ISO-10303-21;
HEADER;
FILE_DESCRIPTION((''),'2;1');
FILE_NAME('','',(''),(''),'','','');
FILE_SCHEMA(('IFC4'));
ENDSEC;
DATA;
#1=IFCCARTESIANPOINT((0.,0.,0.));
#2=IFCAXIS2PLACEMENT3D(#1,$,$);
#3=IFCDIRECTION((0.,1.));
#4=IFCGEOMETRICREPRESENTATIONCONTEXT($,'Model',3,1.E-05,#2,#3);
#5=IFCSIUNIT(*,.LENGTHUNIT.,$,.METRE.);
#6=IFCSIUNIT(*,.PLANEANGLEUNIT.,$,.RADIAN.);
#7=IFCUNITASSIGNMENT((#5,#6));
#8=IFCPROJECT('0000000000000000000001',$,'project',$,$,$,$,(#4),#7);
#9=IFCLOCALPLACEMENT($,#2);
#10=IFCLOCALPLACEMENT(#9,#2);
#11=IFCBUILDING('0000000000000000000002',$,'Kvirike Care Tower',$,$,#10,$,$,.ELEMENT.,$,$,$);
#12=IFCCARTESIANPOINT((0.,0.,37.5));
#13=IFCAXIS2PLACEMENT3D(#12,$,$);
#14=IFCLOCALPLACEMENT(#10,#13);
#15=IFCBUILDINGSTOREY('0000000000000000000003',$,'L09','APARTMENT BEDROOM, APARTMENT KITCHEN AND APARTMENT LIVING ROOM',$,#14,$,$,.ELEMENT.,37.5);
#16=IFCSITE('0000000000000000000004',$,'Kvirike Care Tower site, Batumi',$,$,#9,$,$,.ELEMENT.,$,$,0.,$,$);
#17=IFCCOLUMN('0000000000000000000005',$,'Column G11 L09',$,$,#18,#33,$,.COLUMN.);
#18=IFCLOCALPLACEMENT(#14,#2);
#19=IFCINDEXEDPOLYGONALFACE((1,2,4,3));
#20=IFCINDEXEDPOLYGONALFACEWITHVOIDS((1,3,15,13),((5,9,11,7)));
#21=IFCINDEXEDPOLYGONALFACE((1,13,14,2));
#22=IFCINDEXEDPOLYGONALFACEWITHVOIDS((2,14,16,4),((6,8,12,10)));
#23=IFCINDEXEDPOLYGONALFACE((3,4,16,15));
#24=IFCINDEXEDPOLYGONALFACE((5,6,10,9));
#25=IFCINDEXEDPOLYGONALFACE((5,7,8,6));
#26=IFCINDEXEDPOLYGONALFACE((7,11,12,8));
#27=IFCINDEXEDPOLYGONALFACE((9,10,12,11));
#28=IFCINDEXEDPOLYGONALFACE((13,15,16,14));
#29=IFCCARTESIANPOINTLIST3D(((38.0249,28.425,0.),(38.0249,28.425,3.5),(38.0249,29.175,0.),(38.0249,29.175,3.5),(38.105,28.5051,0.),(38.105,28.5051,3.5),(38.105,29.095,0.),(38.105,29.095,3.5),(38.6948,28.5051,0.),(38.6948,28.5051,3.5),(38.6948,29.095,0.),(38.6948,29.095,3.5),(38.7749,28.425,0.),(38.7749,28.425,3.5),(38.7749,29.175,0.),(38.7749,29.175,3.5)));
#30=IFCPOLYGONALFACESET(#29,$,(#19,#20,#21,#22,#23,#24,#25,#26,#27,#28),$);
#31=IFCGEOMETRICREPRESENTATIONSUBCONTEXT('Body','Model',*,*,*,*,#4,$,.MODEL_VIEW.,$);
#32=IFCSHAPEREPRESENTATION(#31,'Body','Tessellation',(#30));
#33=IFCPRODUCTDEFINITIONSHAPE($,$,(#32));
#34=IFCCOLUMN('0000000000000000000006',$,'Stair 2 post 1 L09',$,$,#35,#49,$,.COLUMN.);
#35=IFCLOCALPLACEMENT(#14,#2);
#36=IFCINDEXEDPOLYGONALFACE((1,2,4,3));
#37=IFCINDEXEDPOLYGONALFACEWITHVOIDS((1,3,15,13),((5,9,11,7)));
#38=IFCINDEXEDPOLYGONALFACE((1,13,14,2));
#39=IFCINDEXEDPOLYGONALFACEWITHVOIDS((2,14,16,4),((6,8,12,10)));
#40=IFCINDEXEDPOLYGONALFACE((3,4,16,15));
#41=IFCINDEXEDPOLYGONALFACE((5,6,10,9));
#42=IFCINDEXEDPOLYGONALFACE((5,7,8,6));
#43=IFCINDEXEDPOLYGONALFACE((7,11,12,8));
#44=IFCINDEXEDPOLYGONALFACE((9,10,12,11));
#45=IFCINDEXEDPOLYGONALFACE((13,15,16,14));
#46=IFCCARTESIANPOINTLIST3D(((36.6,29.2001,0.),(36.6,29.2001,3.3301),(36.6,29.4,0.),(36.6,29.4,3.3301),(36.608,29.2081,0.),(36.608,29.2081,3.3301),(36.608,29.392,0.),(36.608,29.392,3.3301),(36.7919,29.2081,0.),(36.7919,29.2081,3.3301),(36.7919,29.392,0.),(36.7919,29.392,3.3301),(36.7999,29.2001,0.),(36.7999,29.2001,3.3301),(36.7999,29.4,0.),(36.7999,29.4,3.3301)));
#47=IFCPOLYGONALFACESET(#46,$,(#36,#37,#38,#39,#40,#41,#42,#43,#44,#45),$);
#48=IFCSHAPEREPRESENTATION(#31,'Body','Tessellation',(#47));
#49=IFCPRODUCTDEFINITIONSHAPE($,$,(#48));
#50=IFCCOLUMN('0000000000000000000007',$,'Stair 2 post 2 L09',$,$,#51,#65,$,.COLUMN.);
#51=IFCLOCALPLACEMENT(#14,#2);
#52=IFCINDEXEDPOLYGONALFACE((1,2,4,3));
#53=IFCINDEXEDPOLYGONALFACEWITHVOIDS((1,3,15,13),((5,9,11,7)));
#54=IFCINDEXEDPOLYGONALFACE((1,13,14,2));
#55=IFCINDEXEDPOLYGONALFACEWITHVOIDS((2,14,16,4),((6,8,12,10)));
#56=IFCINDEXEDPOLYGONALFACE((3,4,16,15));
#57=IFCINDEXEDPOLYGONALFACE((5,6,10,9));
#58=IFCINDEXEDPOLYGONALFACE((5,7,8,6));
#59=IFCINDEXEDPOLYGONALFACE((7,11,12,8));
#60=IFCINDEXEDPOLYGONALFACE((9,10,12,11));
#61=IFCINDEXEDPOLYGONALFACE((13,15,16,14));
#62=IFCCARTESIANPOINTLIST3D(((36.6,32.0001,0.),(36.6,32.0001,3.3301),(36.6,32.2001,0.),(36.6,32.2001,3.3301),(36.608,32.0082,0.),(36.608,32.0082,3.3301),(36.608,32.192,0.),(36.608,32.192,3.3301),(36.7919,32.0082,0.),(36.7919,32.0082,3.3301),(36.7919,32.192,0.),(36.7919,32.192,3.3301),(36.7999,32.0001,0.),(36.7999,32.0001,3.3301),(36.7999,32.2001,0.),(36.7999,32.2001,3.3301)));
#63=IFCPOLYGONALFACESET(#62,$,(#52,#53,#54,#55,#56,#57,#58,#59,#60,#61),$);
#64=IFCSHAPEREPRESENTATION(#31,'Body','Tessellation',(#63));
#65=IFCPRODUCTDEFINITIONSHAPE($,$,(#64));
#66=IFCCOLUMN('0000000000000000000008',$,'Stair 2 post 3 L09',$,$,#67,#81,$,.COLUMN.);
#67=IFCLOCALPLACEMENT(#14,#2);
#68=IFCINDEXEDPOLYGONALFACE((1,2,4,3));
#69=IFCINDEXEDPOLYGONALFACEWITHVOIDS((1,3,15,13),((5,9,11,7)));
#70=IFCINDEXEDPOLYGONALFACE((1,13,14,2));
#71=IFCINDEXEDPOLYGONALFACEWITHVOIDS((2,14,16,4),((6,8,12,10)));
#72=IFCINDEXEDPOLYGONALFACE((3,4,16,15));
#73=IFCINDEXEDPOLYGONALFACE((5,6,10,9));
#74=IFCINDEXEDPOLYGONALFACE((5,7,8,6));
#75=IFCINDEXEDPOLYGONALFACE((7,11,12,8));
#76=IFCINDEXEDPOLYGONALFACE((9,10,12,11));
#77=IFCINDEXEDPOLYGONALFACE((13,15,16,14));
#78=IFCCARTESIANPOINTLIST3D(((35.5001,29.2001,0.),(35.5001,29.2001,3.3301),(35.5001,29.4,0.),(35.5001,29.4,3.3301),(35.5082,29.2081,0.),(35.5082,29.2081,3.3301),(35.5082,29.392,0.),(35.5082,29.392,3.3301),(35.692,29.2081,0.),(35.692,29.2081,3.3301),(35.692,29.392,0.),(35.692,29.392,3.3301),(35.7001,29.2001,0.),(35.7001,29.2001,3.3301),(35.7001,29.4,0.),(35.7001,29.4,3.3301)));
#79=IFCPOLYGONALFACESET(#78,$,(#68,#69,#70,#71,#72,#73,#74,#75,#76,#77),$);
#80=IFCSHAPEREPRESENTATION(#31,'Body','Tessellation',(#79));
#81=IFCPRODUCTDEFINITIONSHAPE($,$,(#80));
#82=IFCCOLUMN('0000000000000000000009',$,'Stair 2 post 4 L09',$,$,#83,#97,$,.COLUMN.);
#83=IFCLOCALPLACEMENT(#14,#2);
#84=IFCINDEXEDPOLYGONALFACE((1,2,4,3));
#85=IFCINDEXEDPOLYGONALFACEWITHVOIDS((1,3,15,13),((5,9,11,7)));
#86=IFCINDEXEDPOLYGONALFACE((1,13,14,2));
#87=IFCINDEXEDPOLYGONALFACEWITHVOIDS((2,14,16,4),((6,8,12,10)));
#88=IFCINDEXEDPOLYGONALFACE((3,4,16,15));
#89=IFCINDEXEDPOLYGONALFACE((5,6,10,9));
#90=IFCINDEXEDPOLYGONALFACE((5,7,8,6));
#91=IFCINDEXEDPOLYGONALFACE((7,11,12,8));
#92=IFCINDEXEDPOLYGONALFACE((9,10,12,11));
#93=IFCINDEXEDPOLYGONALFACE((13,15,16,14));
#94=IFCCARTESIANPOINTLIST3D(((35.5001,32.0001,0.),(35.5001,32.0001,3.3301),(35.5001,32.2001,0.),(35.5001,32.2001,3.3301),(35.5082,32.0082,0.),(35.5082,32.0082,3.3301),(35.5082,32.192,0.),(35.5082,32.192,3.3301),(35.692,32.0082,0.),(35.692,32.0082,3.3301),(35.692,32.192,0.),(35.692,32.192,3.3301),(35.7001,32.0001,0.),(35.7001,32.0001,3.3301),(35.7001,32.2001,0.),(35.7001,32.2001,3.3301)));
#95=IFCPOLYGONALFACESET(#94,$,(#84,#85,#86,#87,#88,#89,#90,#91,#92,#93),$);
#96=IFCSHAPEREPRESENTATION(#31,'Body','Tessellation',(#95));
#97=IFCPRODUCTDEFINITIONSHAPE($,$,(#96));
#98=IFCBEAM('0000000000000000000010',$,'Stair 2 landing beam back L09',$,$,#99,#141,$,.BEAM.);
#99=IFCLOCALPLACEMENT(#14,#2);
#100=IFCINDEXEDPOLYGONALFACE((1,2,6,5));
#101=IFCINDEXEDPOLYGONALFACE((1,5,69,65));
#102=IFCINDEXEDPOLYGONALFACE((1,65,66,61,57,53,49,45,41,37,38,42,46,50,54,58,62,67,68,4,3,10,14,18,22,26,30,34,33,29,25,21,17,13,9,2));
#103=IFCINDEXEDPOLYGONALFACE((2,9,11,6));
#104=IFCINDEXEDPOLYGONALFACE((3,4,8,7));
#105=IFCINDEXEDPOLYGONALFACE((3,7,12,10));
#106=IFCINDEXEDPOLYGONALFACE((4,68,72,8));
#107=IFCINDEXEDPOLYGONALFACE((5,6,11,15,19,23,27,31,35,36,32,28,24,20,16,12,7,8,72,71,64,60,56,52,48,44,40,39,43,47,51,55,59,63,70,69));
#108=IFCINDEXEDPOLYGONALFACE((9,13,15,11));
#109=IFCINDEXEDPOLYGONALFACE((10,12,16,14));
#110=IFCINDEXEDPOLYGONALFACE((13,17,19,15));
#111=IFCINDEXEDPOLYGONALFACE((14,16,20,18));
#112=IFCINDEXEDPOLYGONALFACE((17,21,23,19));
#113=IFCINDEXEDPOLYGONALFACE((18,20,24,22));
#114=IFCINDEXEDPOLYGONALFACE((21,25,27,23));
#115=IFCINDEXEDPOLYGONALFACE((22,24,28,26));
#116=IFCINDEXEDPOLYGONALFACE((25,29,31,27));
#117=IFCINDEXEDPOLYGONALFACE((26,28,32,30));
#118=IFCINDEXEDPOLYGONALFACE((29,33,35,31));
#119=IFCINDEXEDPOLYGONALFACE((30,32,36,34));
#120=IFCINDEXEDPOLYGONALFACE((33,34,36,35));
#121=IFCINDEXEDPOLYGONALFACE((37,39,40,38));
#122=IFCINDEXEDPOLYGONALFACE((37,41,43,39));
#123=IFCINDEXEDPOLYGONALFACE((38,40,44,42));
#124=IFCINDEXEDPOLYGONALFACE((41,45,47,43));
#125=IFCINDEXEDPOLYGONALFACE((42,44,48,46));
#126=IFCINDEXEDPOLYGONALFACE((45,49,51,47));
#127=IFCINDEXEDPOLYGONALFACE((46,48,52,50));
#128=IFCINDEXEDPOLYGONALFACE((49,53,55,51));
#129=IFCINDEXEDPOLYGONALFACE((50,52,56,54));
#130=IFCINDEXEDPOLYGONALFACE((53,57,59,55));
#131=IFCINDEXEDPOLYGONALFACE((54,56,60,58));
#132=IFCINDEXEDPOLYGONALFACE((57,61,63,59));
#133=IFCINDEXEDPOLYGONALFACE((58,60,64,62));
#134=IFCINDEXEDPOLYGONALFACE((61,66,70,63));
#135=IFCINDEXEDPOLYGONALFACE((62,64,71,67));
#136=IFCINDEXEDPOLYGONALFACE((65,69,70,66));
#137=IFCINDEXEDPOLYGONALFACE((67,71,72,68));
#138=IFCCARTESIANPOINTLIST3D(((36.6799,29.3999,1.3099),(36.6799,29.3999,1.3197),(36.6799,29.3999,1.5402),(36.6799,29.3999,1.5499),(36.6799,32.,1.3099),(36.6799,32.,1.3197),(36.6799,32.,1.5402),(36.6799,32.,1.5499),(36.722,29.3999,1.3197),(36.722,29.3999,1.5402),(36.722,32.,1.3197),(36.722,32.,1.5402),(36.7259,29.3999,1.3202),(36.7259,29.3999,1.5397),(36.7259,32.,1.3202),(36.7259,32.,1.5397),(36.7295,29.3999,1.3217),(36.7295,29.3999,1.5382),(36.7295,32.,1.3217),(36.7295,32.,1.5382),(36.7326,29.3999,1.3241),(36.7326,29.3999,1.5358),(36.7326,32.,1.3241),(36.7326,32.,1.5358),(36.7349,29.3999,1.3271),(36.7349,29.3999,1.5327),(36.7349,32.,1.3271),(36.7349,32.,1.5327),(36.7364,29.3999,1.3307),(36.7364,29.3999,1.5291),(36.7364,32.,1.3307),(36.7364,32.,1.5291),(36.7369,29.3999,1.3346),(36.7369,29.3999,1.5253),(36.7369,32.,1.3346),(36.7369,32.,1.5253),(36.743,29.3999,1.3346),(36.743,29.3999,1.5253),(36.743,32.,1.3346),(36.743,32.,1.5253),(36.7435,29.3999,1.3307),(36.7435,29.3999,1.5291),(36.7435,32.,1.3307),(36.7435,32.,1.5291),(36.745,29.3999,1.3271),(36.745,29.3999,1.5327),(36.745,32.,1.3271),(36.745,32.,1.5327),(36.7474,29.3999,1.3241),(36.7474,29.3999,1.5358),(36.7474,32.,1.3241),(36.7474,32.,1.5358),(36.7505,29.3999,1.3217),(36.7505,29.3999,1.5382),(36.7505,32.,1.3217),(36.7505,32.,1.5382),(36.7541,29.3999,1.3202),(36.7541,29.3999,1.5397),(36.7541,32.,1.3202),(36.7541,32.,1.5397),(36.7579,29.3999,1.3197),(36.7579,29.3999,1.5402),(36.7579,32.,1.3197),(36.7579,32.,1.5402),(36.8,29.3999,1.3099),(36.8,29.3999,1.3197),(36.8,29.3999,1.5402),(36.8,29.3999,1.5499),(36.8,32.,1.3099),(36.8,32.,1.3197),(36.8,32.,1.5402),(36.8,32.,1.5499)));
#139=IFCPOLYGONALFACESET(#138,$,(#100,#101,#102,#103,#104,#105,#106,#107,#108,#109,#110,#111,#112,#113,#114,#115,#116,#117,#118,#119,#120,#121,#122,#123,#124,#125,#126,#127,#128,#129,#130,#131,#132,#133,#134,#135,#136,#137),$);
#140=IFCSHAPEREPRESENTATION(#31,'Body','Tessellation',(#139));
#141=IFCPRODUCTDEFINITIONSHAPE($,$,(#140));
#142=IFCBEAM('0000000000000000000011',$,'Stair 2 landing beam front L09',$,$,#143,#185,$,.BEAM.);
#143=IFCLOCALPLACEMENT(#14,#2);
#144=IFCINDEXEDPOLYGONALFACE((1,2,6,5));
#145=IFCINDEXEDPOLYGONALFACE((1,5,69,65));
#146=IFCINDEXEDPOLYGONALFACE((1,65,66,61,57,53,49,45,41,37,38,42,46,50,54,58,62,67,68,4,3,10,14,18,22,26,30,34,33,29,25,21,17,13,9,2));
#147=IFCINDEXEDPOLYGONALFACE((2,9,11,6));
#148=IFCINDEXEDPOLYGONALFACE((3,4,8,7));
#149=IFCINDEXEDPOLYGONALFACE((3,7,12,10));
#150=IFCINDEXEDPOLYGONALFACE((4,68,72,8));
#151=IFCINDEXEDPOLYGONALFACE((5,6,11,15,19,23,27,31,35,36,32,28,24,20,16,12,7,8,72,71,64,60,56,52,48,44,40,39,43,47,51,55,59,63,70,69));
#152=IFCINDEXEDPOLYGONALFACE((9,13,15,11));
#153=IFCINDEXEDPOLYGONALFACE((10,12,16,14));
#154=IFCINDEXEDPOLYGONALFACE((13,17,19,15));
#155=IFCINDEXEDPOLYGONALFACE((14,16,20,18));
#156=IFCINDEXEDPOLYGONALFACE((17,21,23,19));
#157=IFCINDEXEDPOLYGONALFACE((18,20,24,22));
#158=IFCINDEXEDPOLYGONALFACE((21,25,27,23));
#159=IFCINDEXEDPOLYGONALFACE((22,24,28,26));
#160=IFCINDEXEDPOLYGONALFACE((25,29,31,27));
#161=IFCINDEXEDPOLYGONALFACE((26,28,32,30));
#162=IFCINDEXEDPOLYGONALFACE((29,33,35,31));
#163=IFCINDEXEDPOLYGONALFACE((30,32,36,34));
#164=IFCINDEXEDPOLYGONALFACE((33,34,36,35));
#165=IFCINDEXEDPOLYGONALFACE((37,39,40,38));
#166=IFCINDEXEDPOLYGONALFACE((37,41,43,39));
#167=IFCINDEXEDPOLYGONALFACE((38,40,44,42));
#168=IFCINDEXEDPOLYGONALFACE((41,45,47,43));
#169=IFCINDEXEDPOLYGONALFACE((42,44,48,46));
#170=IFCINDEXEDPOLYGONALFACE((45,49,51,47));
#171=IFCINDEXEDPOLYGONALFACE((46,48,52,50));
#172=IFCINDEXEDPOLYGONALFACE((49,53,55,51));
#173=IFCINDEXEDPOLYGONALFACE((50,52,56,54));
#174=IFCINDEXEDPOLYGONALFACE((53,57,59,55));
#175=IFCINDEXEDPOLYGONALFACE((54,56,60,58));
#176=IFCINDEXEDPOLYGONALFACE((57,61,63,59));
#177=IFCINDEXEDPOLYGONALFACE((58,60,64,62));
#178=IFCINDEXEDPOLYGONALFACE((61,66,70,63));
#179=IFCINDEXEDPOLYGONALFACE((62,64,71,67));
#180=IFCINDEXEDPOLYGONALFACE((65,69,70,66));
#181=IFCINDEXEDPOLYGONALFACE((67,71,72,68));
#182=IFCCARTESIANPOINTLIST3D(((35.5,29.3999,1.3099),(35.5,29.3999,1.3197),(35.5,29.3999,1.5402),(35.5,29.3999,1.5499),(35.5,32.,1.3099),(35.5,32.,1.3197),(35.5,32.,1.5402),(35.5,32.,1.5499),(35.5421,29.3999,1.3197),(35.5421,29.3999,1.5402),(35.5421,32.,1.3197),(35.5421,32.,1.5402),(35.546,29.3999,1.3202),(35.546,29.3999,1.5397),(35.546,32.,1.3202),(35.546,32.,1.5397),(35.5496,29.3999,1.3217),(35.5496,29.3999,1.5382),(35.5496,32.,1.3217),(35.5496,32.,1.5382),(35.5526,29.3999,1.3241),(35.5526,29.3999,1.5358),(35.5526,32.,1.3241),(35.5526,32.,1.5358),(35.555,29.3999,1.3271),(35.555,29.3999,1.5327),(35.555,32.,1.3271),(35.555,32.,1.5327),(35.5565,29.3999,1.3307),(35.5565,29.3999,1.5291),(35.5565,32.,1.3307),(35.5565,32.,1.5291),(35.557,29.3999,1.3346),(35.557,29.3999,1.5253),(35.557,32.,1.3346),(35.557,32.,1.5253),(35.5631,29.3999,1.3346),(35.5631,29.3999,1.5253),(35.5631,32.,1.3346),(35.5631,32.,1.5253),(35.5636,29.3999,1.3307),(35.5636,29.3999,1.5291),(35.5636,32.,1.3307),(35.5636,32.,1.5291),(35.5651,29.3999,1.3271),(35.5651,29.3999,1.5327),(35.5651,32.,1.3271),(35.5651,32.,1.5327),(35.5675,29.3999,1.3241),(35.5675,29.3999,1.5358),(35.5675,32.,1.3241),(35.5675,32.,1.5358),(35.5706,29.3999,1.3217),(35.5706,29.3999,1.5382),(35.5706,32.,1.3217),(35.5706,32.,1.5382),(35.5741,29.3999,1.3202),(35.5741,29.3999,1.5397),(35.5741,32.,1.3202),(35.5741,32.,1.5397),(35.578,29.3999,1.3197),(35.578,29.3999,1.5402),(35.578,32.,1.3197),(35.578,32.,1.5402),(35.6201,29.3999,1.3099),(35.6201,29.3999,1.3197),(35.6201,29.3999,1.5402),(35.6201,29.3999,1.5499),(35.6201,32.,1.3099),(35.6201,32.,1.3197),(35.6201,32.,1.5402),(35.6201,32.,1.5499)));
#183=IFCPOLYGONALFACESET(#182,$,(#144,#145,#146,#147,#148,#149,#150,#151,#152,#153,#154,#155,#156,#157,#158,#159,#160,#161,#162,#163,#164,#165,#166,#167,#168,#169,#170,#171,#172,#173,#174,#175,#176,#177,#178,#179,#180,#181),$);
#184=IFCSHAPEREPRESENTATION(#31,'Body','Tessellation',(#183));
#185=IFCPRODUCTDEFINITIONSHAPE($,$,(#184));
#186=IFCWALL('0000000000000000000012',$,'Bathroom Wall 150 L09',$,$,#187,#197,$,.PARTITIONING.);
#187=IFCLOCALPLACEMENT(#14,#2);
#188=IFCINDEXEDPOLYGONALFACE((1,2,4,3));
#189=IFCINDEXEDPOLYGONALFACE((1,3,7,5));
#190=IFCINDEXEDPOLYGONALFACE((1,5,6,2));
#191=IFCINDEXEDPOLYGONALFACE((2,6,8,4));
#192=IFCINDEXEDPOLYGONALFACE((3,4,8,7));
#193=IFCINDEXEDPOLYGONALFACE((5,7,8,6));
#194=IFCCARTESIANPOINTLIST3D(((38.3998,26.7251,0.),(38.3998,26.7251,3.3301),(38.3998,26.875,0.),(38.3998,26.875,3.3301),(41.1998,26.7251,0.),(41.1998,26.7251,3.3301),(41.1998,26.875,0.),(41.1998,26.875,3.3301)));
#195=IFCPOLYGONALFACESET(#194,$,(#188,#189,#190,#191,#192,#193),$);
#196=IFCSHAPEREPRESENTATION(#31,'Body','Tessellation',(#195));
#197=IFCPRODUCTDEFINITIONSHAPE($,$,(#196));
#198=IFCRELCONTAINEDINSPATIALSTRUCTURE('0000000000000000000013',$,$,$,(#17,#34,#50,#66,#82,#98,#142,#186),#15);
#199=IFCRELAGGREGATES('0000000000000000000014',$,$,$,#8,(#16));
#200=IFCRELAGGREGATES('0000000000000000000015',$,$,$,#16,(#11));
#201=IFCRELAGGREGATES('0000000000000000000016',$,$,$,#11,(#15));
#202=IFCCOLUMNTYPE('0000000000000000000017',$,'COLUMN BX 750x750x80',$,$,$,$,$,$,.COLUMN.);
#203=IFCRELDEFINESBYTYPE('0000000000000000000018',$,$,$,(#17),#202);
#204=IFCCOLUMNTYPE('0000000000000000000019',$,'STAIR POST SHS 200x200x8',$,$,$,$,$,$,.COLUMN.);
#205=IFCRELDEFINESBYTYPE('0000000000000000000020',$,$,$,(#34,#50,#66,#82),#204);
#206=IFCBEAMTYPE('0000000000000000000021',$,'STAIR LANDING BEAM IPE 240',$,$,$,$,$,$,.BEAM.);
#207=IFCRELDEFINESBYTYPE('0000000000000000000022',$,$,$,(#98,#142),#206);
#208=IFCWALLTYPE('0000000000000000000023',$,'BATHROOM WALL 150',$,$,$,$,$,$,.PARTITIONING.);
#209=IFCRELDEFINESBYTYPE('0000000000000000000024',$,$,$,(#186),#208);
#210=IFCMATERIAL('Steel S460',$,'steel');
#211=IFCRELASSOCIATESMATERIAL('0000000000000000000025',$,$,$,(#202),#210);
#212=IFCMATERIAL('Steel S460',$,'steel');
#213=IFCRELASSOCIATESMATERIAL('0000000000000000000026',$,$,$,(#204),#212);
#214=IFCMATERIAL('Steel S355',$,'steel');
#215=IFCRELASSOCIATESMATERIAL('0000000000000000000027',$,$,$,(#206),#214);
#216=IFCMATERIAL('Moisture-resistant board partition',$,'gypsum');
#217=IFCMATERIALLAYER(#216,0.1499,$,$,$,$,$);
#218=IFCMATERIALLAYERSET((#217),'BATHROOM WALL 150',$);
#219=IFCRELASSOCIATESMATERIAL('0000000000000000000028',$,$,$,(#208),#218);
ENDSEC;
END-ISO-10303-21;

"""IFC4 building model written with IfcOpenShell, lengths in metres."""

from ifc_helpers import new_model, si_unit, direction, frame, frame_2d, origin, origin_2d, place, context, subcontext, project, spatial, rectangle, hollow_rectangle, i_section, extrude, material, layer, layer_set, material_profile, profile_set, type_object, element, save


model = new_model("IFC4")

# Units and contexts
model_context = context("Model", 3, precision=1e-05, world=origin(), true_north=direction((0.0, 1.0)))
body_context = subcontext(model_context, "Body", "Model", "MODEL_VIEW")
ifc_project = project(units=[si_unit("LENGTHUNIT", "METRE"), si_unit("PLANEANGLEUNIT", "RADIAN")], contexts=[model_context])

# Site, building, storey
site_placement = place(None, origin())
site = spatial("IfcSite", under=ifc_project, at=site_placement, Name="Kvirike Care Tower site, Batumi", CompositionType="ELEMENT", RefElevation=0.0)
building_placement = place(site_placement, origin())
building = spatial("IfcBuilding", under=site, at=building_placement, Name="Kvirike Care Tower", CompositionType="ELEMENT")
storey_placement = place(building_placement, frame((0.0, 0.0, 37.5)))
storey = spatial("IfcBuildingStorey", under=building, at=storey_placement, Name="L09", Description="APARTMENT BEDROOM, APARTMENT KITCHEN AND APARTMENT LIVING ROOM", CompositionType="ELEMENT", Elevation=37.5)

# Columns
ifc_material_1 = material(Name="Steel S460", Category="steel")
ifc_material_profile_1 = material_profile(ifc_material_1, hollow_rectangle(XDim=0.75, YDim=0.75, WallThickness=0.0801, at=origin_2d()), Name="BX 750x750x80")
ifc_profile_set_1 = profile_set([ifc_material_profile_1], Name="Steel S460")
column_type_1 = type_object("IfcColumnType", Name="COLUMN BX 750x750x80", PredefinedType="COLUMN", material=ifc_profile_set_1)
column_placement = place(storey_placement, frame((38.3999, 28.8, 0.0), z_axis=(0.0, 0.0, 1.0), x_axis=(0.0, 1.0, 0.0)))
element("IfcColumn", 1, at=column_placement, inside=storey, type_object=column_type_1, Name="Column G11 L09", PredefinedType="COLUMN", context=body_context, shape_type="SweptSolid", body=[
    extrude(hollow_rectangle(XDim=0.75, YDim=0.75, WallThickness=0.0801, at=origin_2d()), origin(), (0.0, 0.0, 1.0), 3.5),
])
ifc_material_2 = material(Name="Steel S460", Category="steel")
ifc_material_profile_2 = material_profile(ifc_material_2, hollow_rectangle(XDim=0.2, YDim=0.2, WallThickness=0.0081, at=origin_2d()), Name="SHS 200x200x8")
ifc_profile_set_2 = profile_set([ifc_material_profile_2], Name="Steel S460")
column_type_2 = type_object("IfcColumnType", Name="STAIR POST SHS 200x200x8", PredefinedType="COLUMN", material=ifc_profile_set_2)
for number, where, z_axis, x_axis, name in (
    (2, (36.7, 29.3, 0.0), (0.0, 0.0, 1.0), (1.0, 0.0, 0.0), "Stair 2 post 1 L09"),
    (3, (36.7, 32.1001, 0.0), (0.0, 0.0, 1.0), (1.0, 0.0, 0.0), "Stair 2 post 2 L09"),
    (4, (35.6001, 29.3, 0.0), (0.0, 0.0, 1.0), (1.0, 0.0, 0.0), "Stair 2 post 3 L09"),
    (5, (35.6001, 32.1001, 0.0), (0.0, 0.0, 1.0), (1.0, 0.0, 0.0), "Stair 2 post 4 L09"),
):
    element("IfcColumn", number, at=place(storey_placement, frame(where, z_axis=z_axis, x_axis=x_axis)), inside=storey, type_object=column_type_2, Name=name, PredefinedType="COLUMN", context=body_context, shape_type="SweptSolid", body=[
        extrude(hollow_rectangle(XDim=0.2, YDim=0.2, WallThickness=0.0081, at=origin_2d()), origin(), (0.0, 0.0, 1.0), 3.3301),
    ])

# Beams
ifc_material_3 = material(Name="Steel S355", Category="steel")
ifc_material_profile_3 = material_profile(ifc_material_3, i_section(OverallWidth=0.1201, OverallDepth=0.24, WebThickness=0.0061, FlangeThickness=0.0098, FilletRadius=0.0149, at=origin_2d()), Name="IPE 240")
ifc_profile_set_3 = profile_set([ifc_material_profile_3], Name="Steel S355")
beam_type = type_object("IfcBeamType", Name="STAIR LANDING BEAM IPE 240", PredefinedType="BEAM", material=ifc_profile_set_3)
for number, where, z_axis, x_axis, name in (
    (6, (36.74, 29.3999, 1.4299), (0.0, 1.0, 0.0), (-1.0, 0.0, 0.0), "Stair 2 landing beam back L09"),
    (7, (35.5601, 29.3999, 1.4299), (0.0, 1.0, 0.0), (-1.0, 0.0, 0.0), "Stair 2 landing beam front L09"),
):
    element("IfcBeam", number, at=place(storey_placement, frame(where, z_axis=z_axis, x_axis=x_axis)), inside=storey, type_object=beam_type, Name=name, PredefinedType="BEAM", context=body_context, shape_type="SweptSolid", body=[
        extrude(i_section(OverallWidth=0.1201, OverallDepth=0.24, WebThickness=0.0061, FlangeThickness=0.0098, FilletRadius=0.0149, at=origin_2d()), origin(), (0.0, 0.0, 1.0), 2.6001),
    ])

# Wall
ifc_material_4 = material(Name="Moisture-resistant board partition", Category="gypsum")
ifc_layer_1 = layer(ifc_material_4, 0.1499)
ifc_layer_set_1 = layer_set([ifc_layer_1], Name="BATHROOM WALL 150")
wall_type_1 = type_object("IfcWallType", Name="BATHROOM WALL 150", PredefinedType="PARTITIONING", material=ifc_layer_set_1)
wall_1_placement = place(storey_placement, frame((38.3999, 26.8, 0.0), z_axis=(0.0, 0.0, 1.0), x_axis=(1.0, 0.0, 0.0)))
element("IfcWall", 8, at=wall_1_placement, inside=storey, type_object=wall_type_1, Name="Bathroom Wall 150 L09", PredefinedType="PARTITIONING", context=body_context, shape_type="SweptSolid", body=[
    extrude(rectangle(XDim=2.8, YDim=0.1499, at=frame_2d((1.3999, 0.0))), origin(), (0.0, 0.0, 1.0), 3.3301),
])

save(model, "model.ifc")
